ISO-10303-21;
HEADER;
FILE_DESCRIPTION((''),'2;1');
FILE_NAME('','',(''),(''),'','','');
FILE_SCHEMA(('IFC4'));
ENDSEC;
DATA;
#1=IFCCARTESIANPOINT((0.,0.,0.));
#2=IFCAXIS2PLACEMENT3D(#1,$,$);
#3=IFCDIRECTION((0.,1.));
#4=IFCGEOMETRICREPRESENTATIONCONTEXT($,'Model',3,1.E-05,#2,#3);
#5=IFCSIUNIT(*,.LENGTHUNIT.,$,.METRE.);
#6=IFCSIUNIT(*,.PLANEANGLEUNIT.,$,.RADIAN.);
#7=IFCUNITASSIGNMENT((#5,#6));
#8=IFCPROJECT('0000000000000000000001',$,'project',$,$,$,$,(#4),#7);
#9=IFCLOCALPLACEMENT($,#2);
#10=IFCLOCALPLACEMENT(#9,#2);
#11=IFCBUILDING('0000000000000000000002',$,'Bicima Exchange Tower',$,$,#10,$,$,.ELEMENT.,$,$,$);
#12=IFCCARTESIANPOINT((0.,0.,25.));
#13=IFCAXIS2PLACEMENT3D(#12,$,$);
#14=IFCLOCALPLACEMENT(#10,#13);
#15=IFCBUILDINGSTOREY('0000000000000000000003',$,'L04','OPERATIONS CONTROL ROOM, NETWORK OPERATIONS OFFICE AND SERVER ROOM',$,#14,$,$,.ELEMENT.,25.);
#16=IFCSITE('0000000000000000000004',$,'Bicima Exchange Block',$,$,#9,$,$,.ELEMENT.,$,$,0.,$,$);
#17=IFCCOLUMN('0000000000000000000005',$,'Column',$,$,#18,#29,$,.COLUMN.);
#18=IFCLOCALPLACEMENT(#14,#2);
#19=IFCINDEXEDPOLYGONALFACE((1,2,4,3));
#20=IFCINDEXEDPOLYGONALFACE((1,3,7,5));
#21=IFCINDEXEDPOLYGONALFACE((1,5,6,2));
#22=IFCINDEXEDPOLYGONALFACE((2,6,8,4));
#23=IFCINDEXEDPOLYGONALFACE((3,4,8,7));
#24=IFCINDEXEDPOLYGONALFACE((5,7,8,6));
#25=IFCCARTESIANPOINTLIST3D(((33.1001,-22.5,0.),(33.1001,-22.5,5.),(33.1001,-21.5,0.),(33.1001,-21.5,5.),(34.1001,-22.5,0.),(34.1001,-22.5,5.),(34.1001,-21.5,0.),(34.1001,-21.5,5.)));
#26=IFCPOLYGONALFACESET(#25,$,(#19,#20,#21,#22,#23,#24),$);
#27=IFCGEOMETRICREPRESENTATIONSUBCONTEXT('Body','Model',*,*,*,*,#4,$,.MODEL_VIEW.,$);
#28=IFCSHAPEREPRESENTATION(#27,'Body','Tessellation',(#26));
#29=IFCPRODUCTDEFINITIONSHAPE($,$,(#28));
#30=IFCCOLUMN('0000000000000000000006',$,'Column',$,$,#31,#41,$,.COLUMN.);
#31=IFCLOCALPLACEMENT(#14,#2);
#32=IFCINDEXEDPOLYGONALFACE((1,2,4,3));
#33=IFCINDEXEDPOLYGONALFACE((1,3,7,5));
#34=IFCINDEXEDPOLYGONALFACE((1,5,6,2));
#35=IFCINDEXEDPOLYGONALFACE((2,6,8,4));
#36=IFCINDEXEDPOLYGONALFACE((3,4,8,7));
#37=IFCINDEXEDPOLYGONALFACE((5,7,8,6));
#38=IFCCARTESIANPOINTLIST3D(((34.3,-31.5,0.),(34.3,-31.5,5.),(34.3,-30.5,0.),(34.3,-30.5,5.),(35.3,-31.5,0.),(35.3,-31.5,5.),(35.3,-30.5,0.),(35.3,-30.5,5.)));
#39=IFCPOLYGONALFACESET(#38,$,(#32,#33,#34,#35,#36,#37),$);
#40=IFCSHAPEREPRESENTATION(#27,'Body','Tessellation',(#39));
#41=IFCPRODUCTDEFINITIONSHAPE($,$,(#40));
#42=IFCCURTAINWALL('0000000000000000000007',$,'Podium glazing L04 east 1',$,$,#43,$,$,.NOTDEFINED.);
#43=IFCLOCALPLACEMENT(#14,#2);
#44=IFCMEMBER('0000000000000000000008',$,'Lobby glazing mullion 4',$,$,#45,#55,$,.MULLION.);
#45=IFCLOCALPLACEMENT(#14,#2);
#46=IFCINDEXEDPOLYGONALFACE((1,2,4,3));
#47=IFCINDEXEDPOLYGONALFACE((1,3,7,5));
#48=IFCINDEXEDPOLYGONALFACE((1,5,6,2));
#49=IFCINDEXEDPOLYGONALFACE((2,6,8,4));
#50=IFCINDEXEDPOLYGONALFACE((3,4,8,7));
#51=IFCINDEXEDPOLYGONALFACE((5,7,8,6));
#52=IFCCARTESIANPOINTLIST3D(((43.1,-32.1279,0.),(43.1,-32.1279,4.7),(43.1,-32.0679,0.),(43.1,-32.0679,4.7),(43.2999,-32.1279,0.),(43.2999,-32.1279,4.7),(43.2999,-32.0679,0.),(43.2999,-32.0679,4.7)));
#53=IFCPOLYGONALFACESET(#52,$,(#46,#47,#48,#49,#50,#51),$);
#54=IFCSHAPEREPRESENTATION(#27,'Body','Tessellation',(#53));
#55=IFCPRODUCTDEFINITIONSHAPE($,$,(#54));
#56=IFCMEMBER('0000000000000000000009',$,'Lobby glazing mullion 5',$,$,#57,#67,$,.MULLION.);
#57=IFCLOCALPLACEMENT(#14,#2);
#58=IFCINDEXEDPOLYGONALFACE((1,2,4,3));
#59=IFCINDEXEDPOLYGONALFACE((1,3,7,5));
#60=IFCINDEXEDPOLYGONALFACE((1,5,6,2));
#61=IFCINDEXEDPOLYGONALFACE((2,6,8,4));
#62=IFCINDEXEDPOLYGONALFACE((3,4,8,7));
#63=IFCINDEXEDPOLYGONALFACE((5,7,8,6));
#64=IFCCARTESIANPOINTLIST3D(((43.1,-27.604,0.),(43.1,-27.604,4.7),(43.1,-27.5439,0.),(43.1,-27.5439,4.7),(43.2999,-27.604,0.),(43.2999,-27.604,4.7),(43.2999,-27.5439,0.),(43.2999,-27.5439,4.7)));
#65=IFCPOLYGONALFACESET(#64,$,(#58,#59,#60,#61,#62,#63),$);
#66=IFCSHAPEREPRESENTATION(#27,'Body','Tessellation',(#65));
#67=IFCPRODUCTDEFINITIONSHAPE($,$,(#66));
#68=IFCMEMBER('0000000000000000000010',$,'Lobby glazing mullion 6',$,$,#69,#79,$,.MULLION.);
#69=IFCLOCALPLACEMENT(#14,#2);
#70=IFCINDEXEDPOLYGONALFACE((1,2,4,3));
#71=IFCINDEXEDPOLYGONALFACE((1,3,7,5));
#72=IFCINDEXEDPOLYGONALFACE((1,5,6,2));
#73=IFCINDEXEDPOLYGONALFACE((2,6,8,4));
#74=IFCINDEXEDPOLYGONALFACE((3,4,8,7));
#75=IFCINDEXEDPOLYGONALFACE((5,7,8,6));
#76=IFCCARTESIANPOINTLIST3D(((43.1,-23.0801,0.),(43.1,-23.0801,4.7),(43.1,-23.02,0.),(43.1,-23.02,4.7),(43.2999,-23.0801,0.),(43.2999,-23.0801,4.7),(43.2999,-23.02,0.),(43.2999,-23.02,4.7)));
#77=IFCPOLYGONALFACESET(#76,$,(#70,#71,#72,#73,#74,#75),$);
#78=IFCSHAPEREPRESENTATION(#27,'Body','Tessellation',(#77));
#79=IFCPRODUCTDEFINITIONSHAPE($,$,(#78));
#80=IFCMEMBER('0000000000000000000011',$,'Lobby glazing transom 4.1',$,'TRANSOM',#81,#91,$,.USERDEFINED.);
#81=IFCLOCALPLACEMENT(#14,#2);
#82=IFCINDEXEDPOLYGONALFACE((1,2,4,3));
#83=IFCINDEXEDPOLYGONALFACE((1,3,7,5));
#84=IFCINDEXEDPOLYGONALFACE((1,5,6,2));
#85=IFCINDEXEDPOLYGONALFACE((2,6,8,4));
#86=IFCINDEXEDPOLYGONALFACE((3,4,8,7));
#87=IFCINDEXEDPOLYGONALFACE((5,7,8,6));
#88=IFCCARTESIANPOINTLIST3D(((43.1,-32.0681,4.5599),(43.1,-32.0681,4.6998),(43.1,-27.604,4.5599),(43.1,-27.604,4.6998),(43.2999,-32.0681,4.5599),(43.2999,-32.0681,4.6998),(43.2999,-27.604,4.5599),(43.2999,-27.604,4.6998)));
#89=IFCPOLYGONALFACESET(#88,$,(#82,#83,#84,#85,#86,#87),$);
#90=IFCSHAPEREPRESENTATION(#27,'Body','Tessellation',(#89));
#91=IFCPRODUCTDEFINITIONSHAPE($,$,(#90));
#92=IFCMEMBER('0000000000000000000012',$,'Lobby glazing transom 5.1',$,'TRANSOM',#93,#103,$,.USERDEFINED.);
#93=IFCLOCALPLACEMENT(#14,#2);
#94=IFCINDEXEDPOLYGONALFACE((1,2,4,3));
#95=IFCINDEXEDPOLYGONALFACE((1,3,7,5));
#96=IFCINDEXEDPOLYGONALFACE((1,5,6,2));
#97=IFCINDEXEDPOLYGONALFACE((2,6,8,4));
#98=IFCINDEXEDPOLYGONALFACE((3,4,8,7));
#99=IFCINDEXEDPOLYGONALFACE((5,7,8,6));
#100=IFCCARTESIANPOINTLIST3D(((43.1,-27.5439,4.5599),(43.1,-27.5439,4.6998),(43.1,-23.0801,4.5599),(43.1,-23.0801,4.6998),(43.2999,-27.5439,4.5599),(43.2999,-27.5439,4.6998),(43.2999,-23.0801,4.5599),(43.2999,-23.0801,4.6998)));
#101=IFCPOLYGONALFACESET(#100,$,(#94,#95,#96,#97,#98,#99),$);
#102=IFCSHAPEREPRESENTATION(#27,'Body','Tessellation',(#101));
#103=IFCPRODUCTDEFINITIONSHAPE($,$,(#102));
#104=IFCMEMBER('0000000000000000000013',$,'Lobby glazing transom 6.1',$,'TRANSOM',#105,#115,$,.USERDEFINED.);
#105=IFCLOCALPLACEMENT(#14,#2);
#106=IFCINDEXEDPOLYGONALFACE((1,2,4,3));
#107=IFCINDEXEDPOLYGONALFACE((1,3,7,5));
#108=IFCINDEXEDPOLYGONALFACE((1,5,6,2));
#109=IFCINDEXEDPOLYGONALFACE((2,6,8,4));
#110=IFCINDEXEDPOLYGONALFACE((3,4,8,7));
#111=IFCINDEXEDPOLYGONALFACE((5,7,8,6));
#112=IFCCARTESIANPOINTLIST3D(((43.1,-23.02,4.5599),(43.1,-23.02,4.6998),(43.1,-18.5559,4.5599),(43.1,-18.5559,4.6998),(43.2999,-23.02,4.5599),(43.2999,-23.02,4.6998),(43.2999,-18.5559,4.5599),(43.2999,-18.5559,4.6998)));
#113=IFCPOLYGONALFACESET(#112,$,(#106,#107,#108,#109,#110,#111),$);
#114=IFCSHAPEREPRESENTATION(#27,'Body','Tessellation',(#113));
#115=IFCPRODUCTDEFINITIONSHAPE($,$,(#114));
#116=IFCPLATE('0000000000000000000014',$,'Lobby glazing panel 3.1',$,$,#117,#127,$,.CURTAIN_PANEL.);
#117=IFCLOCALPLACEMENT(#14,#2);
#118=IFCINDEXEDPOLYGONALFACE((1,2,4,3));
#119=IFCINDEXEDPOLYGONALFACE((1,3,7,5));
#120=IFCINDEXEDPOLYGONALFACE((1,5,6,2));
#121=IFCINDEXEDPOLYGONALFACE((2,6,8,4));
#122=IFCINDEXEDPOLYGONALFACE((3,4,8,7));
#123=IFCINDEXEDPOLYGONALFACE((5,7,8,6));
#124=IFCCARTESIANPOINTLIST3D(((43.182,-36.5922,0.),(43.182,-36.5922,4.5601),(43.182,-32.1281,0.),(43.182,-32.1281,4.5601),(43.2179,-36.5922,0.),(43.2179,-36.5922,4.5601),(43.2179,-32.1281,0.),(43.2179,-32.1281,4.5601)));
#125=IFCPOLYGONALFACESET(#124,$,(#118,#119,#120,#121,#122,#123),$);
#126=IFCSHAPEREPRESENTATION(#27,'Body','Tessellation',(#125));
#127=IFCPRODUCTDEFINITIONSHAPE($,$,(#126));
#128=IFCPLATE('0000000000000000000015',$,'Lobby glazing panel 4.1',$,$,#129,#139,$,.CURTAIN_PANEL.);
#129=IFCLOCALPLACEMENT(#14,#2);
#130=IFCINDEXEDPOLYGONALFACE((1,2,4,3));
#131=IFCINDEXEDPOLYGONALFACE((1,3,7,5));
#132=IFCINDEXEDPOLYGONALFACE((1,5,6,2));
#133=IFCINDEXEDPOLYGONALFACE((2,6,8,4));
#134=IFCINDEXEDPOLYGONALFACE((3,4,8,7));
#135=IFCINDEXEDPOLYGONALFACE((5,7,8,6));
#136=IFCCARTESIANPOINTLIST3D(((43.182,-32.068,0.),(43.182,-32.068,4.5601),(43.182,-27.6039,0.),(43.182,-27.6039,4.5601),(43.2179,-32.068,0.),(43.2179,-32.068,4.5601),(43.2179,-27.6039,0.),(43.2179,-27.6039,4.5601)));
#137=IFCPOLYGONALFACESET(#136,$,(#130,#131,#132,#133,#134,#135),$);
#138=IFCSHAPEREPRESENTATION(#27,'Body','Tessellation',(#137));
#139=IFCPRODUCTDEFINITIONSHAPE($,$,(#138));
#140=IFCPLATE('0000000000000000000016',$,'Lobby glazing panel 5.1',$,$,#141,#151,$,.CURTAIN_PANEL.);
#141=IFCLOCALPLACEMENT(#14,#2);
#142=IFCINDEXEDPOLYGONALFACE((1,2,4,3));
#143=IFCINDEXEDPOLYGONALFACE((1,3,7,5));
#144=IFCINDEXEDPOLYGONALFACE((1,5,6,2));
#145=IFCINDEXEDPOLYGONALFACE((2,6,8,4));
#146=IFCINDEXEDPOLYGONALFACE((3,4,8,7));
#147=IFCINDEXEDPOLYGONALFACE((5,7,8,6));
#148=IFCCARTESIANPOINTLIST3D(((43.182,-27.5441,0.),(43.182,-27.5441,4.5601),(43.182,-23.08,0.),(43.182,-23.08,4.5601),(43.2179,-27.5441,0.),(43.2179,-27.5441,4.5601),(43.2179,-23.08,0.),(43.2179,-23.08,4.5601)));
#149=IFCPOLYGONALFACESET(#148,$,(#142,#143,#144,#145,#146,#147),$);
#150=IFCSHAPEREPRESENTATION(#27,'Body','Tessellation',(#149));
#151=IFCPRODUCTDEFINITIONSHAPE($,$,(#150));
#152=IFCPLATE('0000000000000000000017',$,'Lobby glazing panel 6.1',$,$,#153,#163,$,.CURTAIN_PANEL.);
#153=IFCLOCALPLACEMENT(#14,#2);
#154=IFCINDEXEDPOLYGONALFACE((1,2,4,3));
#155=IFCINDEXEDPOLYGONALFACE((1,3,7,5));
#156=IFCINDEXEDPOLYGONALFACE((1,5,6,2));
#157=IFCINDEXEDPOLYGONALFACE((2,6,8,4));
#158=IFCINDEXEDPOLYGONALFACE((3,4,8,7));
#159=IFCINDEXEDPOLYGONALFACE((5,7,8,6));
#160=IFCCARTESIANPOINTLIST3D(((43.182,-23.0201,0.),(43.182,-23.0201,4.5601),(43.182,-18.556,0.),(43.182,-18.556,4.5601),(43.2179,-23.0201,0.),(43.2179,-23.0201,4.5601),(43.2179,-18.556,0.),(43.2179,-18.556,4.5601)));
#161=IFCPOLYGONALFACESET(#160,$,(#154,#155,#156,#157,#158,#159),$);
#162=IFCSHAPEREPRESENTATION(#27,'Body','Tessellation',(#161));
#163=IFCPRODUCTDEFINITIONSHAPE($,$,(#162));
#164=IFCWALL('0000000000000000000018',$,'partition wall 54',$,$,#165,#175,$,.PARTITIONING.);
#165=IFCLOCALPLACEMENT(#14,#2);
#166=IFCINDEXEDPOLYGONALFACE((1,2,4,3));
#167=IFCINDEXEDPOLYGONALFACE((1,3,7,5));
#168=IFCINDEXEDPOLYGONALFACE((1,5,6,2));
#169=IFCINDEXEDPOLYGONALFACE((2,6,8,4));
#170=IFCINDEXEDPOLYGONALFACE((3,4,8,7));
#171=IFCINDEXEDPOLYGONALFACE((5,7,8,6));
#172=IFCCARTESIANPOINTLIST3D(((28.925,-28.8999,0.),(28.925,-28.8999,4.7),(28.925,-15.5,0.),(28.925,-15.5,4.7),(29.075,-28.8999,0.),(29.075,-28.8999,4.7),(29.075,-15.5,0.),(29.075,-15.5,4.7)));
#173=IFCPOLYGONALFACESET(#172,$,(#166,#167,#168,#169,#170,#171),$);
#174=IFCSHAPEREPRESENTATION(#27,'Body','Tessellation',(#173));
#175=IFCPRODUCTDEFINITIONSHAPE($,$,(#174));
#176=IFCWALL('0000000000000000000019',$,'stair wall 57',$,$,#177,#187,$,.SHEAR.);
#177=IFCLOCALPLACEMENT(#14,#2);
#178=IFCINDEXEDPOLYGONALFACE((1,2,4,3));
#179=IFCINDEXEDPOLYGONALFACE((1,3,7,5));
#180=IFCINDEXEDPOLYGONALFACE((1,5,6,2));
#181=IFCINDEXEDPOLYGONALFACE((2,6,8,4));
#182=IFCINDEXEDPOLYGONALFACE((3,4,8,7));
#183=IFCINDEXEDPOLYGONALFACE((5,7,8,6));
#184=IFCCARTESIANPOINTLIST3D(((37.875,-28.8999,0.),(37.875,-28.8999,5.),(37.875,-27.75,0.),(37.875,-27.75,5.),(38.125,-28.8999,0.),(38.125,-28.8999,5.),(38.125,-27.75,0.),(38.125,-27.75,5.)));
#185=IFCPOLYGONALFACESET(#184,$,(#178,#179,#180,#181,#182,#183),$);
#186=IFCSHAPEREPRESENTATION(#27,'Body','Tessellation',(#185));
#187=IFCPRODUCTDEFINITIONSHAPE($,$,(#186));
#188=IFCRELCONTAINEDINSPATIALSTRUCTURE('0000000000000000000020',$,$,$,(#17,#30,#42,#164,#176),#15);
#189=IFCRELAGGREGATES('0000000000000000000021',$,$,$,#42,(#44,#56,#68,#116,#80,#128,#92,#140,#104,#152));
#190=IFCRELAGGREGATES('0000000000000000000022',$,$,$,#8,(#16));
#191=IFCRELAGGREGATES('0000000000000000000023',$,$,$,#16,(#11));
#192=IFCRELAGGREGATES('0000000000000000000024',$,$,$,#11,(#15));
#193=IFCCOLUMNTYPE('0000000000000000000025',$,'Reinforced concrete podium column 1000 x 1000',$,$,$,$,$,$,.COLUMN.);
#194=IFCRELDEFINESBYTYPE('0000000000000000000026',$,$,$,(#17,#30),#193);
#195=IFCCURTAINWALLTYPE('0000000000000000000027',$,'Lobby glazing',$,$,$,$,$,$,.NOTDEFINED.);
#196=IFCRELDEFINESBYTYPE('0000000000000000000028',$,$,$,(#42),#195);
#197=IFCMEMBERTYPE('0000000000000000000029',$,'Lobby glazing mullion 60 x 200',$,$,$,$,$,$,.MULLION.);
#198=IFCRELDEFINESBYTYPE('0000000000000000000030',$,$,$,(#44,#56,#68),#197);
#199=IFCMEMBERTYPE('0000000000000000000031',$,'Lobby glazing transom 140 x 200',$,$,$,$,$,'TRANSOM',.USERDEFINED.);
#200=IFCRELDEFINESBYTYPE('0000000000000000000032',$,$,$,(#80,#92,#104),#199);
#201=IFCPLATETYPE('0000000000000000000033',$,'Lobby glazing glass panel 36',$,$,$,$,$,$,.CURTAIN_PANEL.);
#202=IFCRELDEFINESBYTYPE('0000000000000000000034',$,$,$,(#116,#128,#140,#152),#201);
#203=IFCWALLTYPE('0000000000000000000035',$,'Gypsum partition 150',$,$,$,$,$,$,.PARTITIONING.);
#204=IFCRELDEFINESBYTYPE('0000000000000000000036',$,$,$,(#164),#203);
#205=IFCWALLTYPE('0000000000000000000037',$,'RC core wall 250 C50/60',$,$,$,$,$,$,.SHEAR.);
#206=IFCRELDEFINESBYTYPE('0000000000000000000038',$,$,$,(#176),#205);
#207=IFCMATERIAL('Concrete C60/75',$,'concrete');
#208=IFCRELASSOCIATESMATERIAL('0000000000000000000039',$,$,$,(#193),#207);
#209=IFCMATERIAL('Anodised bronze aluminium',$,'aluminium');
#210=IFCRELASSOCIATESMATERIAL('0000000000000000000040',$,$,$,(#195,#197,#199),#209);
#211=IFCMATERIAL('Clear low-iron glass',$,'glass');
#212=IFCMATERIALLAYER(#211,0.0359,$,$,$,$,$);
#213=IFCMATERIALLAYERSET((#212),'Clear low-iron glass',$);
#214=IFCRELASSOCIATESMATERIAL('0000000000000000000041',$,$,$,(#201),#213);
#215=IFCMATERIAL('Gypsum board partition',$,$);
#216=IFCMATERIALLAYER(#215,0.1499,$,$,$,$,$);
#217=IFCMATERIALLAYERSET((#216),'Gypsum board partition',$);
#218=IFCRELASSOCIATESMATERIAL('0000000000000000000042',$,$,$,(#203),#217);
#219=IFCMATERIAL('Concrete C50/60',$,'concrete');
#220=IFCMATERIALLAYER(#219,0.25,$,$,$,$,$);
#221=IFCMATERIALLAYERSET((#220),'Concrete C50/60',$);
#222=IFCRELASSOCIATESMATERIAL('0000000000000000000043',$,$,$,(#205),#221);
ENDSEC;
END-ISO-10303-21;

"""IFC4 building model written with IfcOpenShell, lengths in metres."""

from ifc_helpers import new_model, si_unit, direction, frame, frame_2d, origin, origin_2d, place, context, subcontext, project, spatial, rectangle, extrude, material, layer, layer_set, material_profile, profile_set, type_object, element, aggregate, save


model = new_model("IFC4")

# Units and contexts
model_context = context("Model", 3, precision=1e-05, world=origin(), true_north=direction((0.0, 1.0)))
body_context = subcontext(model_context, "Body", "Model", "MODEL_VIEW")
ifc_project = project(units=[si_unit("LENGTHUNIT", "METRE"), si_unit("PLANEANGLEUNIT", "RADIAN")], contexts=[model_context])

# Site, building, storey
site_placement = place(None, origin())
site = spatial("IfcSite", under=ifc_project, at=site_placement, Name="Bicima Exchange Block", CompositionType="ELEMENT", RefElevation=0.0)
building_placement = place(site_placement, origin())
building = spatial("IfcBuilding", under=site, at=building_placement, Name="Bicima Exchange Tower", CompositionType="ELEMENT")
storey_placement = place(building_placement, frame((0.0, 0.0, 25.0)))
storey = spatial("IfcBuildingStorey", under=building, at=storey_placement, Name="L04", Description="OPERATIONS CONTROL ROOM, NETWORK OPERATIONS OFFICE AND SERVER ROOM", CompositionType="ELEMENT", Elevation=25.0)

# Columns
ifc_material_1 = material(Name="Concrete C60/75", Category="concrete")
ifc_material_profile_1 = material_profile(ifc_material_1, rectangle(XDim=1.0, YDim=1.0, at=origin_2d()))
ifc_profile_set_1 = profile_set([ifc_material_profile_1], Name="Concrete C60/75")
column_type = type_object("IfcColumnType", Name="Reinforced concrete podium column 1000 x 1000", PredefinedType="COLUMN", material=ifc_profile_set_1)
for number, where, z_axis, x_axis, name in (
    (1, (33.6001, -22.0, 0.0), (0.0, 0.0, 1.0), (1.0, 0.0, 0.0), "Column"),
    (2, (34.8, -31.0, 0.0), (0.0, 0.0, 1.0), (1.0, 0.0, 0.0), "Column"),
):
    element("IfcColumn", number, at=place(storey_placement, frame(where, z_axis=z_axis, x_axis=x_axis)), inside=storey, type_object=column_type, Name=name, PredefinedType="COLUMN", context=body_context, shape_type="SweptSolid", body=[
        extrude(rectangle(XDim=1.0, YDim=1.0, at=origin_2d()), origin(), (0.0, 0.0, 1.0), 5.0),
    ])

# Curtain wall, members, plates
ifc_material_2 = material(Name="Anodised bronze aluminium", Category="aluminium")
curtain_wall_type = type_object("IfcCurtainWallType", Name="Lobby glazing", PredefinedType="NOTDEFINED", material=ifc_material_2)
curtain_wall_placement = place(storey_placement, origin())
curtain_wall = element("IfcCurtainWall", 3, at=curtain_wall_placement, inside=storey, type_object=curtain_wall_type, Name="Podium glazing L04 east 1", PredefinedType="NOTDEFINED")
ifc_material_profile_2 = material_profile(ifc_material_2, rectangle(XDim=0.2, YDim=0.0601, at=origin_2d()))
ifc_profile_set_2 = profile_set([ifc_material_profile_2], Name="Anodised bronze aluminium")
member_type_1 = type_object("IfcMemberType", Name="Lobby glazing mullion 60 x 200", PredefinedType="MULLION", material=ifc_profile_set_2)
member_1_placement = place(storey_placement, frame((43.2, -32.0979, 0.0), z_axis=(0.0, 0.0, 1.0), x_axis=(-1.0, 0.0, 0.0)))
member_1 = element("IfcMember", 4, at=member_1_placement, type_object=member_type_1, Name="Lobby glazing mullion 4", PredefinedType="MULLION", context=body_context, shape_type="SweptSolid", body=[
    extrude(rectangle(XDim=0.2, YDim=0.0601, at=origin_2d()), origin(), (0.0, 0.0, 1.0), 4.7),
])
member_2_placement = place(storey_placement, frame((43.2, -27.574, 0.0), z_axis=(0.0, 0.0, 1.0), x_axis=(-1.0, 0.0, 0.0)))
member_2 = element("IfcMember", 5, at=member_2_placement, type_object=member_type_1, Name="Lobby glazing mullion 5", PredefinedType="MULLION", context=body_context, shape_type="SweptSolid", body=[
    extrude(rectangle(XDim=0.2, YDim=0.0601, at=origin_2d()), origin(), (0.0, 0.0, 1.0), 4.7),
])
member_3_placement = place(storey_placement, frame((43.2, -23.05, 0.0), z_axis=(0.0, 0.0, 1.0), x_axis=(-1.0, 0.0, 0.0)))
member_3 = element("IfcMember", 6, at=member_3_placement, type_object=member_type_1, Name="Lobby glazing mullion 6", PredefinedType="MULLION", context=body_context, shape_type="SweptSolid", body=[
    extrude(rectangle(XDim=0.2, YDim=0.0601, at=origin_2d()), origin(), (0.0, 0.0, 1.0), 4.7),
])
ifc_material_profile_3 = material_profile(ifc_material_2, rectangle(XDim=0.2, YDim=0.1399, at=origin_2d()))
ifc_profile_set_3 = profile_set([ifc_material_profile_3], Name="Anodised bronze aluminium")
member_type_2 = type_object("IfcMemberType", Name="Lobby glazing transom 140 x 200", ElementType="TRANSOM", PredefinedType="USERDEFINED", material=ifc_profile_set_3)
member_4_placement = place(storey_placement, frame((43.2, -32.0681, 4.6299), z_axis=(0.0, 1.0, 0.0), x_axis=(-1.0, 0.0, 0.0)))
member_4 = element("IfcMember", 7, at=member_4_placement, type_object=member_type_2, Name="Lobby glazing transom 4.1", ObjectType="TRANSOM", PredefinedType="USERDEFINED", context=body_context, shape_type="SweptSolid", body=[
    extrude(rectangle(XDim=0.2, YDim=0.1399, at=origin_2d()), origin(), (0.0, 0.0, 1.0), 4.4641),
])
member_5_placement = place(storey_placement, frame((43.2, -27.5439, 4.6299), z_axis=(0.0, 1.0, 0.0), x_axis=(-1.0, 0.0, 0.0)))
member_5 = element("IfcMember", 8, at=member_5_placement, type_object=member_type_2, Name="Lobby glazing transom 5.1", ObjectType="TRANSOM", PredefinedType="USERDEFINED", context=body_context, shape_type="SweptSolid", body=[
    extrude(rectangle(XDim=0.2, YDim=0.1399, at=origin_2d()), origin(), (0.0, 0.0, 1.0), 4.4639),
])
member_6_placement = place(storey_placement, frame((43.2, -23.02, 4.6299), z_axis=(0.0, 1.0, 0.0), x_axis=(-1.0, 0.0, 0.0)))
member_6 = element("IfcMember", 9, at=member_6_placement, type_object=member_type_2, Name="Lobby glazing transom 6.1", ObjectType="TRANSOM", PredefinedType="USERDEFINED", context=body_context, shape_type="SweptSolid", body=[
    extrude(rectangle(XDim=0.2, YDim=0.1399, at=origin_2d()), origin(), (0.0, 0.0, 1.0), 4.4641),
])
ifc_material_3 = material(Name="Clear low-iron glass", Category="glass")
ifc_layer_1 = layer(ifc_material_3, 0.0359)
ifc_layer_set_1 = layer_set([ifc_layer_1], Name="Clear low-iron glass")
plate_type = type_object("IfcPlateType", Name="Lobby glazing glass panel 36", PredefinedType="CURTAIN_PANEL", material=ifc_layer_set_1)
plate_1_placement = place(storey_placement, frame((43.2, -34.3601, 0.0), z_axis=(0.0, 0.0, 1.0), x_axis=(0.0, 1.0, 0.0)))
plate_1 = element("IfcPlate", 10, at=plate_1_placement, type_object=plate_type, Name="Lobby glazing panel 3.1", PredefinedType="CURTAIN_PANEL", context=body_context, shape_type="SweptSolid", body=[
    extrude(rectangle(XDim=4.4641, YDim=0.0359, at=origin_2d()), origin(), (0.0, 0.0, 1.0), 4.5601),
])
plate_2_placement = place(storey_placement, frame((43.2, -29.8359, 0.0), z_axis=(0.0, 0.0, 1.0), x_axis=(0.0, 1.0, 0.0)))
plate_2 = element("IfcPlate", 11, at=plate_2_placement, type_object=plate_type, Name="Lobby glazing panel 4.1", PredefinedType="CURTAIN_PANEL", context=body_context, shape_type="SweptSolid", body=[
    extrude(rectangle(XDim=4.4641, YDim=0.0359, at=origin_2d()), origin(), (0.0, 0.0, 1.0), 4.5601),
])
plate_3_placement = place(storey_placement, frame((43.2, -25.312, 0.0), z_axis=(0.0, 0.0, 1.0), x_axis=(0.0, 1.0, 0.0)))
plate_3 = element("IfcPlate", 12, at=plate_3_placement, type_object=plate_type, Name="Lobby glazing panel 5.1", PredefinedType="CURTAIN_PANEL", context=body_context, shape_type="SweptSolid", body=[
    extrude(rectangle(XDim=4.4641, YDim=0.0359, at=origin_2d()), origin(), (0.0, 0.0, 1.0), 4.5601),
])
plate_4_placement = place(storey_placement, frame((43.2, -20.7881, 0.0), z_axis=(0.0, 0.0, 1.0), x_axis=(0.0, 1.0, 0.0)))
plate_4 = element("IfcPlate", 13, at=plate_4_placement, type_object=plate_type, Name="Lobby glazing panel 6.1", PredefinedType="CURTAIN_PANEL", context=body_context, shape_type="SweptSolid", body=[
    extrude(rectangle(XDim=4.4641, YDim=0.0359, at=origin_2d()), origin(), (0.0, 0.0, 1.0), 4.5601),
])
aggregate(curtain_wall, [member_1, member_2, member_3, plate_1, member_4, plate_2, member_5, plate_3, member_6, plate_4])

# Walls
ifc_material_4 = material(Name="Gypsum board partition")
ifc_layer_2 = layer(ifc_material_4, 0.1499)
ifc_layer_set_2 = layer_set([ifc_layer_2], Name="Gypsum board partition")
wall_type_1 = type_object("IfcWallType", Name="Gypsum partition 150", PredefinedType="PARTITIONING", material=ifc_layer_set_2)
wall_1_placement = place(storey_placement, frame((29.0, -28.8999, 0.0), z_axis=(0.0, 0.0, 1.0), x_axis=(0.0, 1.0, 0.0)))
element("IfcWall", 14, at=wall_1_placement, inside=storey, type_object=wall_type_1, Name="partition wall 54", PredefinedType="PARTITIONING", context=body_context, shape_type="SweptSolid", body=[
    extrude(rectangle(XDim=13.3999, YDim=0.1499, at=frame_2d((6.7, 0.0))), origin(), (0.0, 0.0, 1.0), 4.7),
])
ifc_material_5 = material(Name="Concrete C50/60", Category="concrete")
ifc_layer_3 = layer(ifc_material_5, 0.25)
ifc_layer_set_3 = layer_set([ifc_layer_3], Name="Concrete C50/60")
wall_type_2 = type_object("IfcWallType", Name="RC core wall 250 C50/60", PredefinedType="SHEAR", material=ifc_layer_set_3)
for number, where, z_axis, x_axis, name in (
    (15, (38.0, -28.8999, 0.0), (0.0, 0.0, 1.0), (0.0, 1.0, 0.0), "stair wall 57"),
):
    element("IfcWall", number, at=place(storey_placement, frame(where, z_axis=z_axis, x_axis=x_axis)), inside=storey, type_object=wall_type_2, Name=name, PredefinedType="SHEAR", context=body_context, shape_type="SweptSolid", body=[
        extrude(rectangle(XDim=1.1499, YDim=0.25, at=frame_2d((0.575, 0.0))), origin(), (0.0, 0.0, 1.0), 5.0),
    ])

save(model, "model.ifc")
